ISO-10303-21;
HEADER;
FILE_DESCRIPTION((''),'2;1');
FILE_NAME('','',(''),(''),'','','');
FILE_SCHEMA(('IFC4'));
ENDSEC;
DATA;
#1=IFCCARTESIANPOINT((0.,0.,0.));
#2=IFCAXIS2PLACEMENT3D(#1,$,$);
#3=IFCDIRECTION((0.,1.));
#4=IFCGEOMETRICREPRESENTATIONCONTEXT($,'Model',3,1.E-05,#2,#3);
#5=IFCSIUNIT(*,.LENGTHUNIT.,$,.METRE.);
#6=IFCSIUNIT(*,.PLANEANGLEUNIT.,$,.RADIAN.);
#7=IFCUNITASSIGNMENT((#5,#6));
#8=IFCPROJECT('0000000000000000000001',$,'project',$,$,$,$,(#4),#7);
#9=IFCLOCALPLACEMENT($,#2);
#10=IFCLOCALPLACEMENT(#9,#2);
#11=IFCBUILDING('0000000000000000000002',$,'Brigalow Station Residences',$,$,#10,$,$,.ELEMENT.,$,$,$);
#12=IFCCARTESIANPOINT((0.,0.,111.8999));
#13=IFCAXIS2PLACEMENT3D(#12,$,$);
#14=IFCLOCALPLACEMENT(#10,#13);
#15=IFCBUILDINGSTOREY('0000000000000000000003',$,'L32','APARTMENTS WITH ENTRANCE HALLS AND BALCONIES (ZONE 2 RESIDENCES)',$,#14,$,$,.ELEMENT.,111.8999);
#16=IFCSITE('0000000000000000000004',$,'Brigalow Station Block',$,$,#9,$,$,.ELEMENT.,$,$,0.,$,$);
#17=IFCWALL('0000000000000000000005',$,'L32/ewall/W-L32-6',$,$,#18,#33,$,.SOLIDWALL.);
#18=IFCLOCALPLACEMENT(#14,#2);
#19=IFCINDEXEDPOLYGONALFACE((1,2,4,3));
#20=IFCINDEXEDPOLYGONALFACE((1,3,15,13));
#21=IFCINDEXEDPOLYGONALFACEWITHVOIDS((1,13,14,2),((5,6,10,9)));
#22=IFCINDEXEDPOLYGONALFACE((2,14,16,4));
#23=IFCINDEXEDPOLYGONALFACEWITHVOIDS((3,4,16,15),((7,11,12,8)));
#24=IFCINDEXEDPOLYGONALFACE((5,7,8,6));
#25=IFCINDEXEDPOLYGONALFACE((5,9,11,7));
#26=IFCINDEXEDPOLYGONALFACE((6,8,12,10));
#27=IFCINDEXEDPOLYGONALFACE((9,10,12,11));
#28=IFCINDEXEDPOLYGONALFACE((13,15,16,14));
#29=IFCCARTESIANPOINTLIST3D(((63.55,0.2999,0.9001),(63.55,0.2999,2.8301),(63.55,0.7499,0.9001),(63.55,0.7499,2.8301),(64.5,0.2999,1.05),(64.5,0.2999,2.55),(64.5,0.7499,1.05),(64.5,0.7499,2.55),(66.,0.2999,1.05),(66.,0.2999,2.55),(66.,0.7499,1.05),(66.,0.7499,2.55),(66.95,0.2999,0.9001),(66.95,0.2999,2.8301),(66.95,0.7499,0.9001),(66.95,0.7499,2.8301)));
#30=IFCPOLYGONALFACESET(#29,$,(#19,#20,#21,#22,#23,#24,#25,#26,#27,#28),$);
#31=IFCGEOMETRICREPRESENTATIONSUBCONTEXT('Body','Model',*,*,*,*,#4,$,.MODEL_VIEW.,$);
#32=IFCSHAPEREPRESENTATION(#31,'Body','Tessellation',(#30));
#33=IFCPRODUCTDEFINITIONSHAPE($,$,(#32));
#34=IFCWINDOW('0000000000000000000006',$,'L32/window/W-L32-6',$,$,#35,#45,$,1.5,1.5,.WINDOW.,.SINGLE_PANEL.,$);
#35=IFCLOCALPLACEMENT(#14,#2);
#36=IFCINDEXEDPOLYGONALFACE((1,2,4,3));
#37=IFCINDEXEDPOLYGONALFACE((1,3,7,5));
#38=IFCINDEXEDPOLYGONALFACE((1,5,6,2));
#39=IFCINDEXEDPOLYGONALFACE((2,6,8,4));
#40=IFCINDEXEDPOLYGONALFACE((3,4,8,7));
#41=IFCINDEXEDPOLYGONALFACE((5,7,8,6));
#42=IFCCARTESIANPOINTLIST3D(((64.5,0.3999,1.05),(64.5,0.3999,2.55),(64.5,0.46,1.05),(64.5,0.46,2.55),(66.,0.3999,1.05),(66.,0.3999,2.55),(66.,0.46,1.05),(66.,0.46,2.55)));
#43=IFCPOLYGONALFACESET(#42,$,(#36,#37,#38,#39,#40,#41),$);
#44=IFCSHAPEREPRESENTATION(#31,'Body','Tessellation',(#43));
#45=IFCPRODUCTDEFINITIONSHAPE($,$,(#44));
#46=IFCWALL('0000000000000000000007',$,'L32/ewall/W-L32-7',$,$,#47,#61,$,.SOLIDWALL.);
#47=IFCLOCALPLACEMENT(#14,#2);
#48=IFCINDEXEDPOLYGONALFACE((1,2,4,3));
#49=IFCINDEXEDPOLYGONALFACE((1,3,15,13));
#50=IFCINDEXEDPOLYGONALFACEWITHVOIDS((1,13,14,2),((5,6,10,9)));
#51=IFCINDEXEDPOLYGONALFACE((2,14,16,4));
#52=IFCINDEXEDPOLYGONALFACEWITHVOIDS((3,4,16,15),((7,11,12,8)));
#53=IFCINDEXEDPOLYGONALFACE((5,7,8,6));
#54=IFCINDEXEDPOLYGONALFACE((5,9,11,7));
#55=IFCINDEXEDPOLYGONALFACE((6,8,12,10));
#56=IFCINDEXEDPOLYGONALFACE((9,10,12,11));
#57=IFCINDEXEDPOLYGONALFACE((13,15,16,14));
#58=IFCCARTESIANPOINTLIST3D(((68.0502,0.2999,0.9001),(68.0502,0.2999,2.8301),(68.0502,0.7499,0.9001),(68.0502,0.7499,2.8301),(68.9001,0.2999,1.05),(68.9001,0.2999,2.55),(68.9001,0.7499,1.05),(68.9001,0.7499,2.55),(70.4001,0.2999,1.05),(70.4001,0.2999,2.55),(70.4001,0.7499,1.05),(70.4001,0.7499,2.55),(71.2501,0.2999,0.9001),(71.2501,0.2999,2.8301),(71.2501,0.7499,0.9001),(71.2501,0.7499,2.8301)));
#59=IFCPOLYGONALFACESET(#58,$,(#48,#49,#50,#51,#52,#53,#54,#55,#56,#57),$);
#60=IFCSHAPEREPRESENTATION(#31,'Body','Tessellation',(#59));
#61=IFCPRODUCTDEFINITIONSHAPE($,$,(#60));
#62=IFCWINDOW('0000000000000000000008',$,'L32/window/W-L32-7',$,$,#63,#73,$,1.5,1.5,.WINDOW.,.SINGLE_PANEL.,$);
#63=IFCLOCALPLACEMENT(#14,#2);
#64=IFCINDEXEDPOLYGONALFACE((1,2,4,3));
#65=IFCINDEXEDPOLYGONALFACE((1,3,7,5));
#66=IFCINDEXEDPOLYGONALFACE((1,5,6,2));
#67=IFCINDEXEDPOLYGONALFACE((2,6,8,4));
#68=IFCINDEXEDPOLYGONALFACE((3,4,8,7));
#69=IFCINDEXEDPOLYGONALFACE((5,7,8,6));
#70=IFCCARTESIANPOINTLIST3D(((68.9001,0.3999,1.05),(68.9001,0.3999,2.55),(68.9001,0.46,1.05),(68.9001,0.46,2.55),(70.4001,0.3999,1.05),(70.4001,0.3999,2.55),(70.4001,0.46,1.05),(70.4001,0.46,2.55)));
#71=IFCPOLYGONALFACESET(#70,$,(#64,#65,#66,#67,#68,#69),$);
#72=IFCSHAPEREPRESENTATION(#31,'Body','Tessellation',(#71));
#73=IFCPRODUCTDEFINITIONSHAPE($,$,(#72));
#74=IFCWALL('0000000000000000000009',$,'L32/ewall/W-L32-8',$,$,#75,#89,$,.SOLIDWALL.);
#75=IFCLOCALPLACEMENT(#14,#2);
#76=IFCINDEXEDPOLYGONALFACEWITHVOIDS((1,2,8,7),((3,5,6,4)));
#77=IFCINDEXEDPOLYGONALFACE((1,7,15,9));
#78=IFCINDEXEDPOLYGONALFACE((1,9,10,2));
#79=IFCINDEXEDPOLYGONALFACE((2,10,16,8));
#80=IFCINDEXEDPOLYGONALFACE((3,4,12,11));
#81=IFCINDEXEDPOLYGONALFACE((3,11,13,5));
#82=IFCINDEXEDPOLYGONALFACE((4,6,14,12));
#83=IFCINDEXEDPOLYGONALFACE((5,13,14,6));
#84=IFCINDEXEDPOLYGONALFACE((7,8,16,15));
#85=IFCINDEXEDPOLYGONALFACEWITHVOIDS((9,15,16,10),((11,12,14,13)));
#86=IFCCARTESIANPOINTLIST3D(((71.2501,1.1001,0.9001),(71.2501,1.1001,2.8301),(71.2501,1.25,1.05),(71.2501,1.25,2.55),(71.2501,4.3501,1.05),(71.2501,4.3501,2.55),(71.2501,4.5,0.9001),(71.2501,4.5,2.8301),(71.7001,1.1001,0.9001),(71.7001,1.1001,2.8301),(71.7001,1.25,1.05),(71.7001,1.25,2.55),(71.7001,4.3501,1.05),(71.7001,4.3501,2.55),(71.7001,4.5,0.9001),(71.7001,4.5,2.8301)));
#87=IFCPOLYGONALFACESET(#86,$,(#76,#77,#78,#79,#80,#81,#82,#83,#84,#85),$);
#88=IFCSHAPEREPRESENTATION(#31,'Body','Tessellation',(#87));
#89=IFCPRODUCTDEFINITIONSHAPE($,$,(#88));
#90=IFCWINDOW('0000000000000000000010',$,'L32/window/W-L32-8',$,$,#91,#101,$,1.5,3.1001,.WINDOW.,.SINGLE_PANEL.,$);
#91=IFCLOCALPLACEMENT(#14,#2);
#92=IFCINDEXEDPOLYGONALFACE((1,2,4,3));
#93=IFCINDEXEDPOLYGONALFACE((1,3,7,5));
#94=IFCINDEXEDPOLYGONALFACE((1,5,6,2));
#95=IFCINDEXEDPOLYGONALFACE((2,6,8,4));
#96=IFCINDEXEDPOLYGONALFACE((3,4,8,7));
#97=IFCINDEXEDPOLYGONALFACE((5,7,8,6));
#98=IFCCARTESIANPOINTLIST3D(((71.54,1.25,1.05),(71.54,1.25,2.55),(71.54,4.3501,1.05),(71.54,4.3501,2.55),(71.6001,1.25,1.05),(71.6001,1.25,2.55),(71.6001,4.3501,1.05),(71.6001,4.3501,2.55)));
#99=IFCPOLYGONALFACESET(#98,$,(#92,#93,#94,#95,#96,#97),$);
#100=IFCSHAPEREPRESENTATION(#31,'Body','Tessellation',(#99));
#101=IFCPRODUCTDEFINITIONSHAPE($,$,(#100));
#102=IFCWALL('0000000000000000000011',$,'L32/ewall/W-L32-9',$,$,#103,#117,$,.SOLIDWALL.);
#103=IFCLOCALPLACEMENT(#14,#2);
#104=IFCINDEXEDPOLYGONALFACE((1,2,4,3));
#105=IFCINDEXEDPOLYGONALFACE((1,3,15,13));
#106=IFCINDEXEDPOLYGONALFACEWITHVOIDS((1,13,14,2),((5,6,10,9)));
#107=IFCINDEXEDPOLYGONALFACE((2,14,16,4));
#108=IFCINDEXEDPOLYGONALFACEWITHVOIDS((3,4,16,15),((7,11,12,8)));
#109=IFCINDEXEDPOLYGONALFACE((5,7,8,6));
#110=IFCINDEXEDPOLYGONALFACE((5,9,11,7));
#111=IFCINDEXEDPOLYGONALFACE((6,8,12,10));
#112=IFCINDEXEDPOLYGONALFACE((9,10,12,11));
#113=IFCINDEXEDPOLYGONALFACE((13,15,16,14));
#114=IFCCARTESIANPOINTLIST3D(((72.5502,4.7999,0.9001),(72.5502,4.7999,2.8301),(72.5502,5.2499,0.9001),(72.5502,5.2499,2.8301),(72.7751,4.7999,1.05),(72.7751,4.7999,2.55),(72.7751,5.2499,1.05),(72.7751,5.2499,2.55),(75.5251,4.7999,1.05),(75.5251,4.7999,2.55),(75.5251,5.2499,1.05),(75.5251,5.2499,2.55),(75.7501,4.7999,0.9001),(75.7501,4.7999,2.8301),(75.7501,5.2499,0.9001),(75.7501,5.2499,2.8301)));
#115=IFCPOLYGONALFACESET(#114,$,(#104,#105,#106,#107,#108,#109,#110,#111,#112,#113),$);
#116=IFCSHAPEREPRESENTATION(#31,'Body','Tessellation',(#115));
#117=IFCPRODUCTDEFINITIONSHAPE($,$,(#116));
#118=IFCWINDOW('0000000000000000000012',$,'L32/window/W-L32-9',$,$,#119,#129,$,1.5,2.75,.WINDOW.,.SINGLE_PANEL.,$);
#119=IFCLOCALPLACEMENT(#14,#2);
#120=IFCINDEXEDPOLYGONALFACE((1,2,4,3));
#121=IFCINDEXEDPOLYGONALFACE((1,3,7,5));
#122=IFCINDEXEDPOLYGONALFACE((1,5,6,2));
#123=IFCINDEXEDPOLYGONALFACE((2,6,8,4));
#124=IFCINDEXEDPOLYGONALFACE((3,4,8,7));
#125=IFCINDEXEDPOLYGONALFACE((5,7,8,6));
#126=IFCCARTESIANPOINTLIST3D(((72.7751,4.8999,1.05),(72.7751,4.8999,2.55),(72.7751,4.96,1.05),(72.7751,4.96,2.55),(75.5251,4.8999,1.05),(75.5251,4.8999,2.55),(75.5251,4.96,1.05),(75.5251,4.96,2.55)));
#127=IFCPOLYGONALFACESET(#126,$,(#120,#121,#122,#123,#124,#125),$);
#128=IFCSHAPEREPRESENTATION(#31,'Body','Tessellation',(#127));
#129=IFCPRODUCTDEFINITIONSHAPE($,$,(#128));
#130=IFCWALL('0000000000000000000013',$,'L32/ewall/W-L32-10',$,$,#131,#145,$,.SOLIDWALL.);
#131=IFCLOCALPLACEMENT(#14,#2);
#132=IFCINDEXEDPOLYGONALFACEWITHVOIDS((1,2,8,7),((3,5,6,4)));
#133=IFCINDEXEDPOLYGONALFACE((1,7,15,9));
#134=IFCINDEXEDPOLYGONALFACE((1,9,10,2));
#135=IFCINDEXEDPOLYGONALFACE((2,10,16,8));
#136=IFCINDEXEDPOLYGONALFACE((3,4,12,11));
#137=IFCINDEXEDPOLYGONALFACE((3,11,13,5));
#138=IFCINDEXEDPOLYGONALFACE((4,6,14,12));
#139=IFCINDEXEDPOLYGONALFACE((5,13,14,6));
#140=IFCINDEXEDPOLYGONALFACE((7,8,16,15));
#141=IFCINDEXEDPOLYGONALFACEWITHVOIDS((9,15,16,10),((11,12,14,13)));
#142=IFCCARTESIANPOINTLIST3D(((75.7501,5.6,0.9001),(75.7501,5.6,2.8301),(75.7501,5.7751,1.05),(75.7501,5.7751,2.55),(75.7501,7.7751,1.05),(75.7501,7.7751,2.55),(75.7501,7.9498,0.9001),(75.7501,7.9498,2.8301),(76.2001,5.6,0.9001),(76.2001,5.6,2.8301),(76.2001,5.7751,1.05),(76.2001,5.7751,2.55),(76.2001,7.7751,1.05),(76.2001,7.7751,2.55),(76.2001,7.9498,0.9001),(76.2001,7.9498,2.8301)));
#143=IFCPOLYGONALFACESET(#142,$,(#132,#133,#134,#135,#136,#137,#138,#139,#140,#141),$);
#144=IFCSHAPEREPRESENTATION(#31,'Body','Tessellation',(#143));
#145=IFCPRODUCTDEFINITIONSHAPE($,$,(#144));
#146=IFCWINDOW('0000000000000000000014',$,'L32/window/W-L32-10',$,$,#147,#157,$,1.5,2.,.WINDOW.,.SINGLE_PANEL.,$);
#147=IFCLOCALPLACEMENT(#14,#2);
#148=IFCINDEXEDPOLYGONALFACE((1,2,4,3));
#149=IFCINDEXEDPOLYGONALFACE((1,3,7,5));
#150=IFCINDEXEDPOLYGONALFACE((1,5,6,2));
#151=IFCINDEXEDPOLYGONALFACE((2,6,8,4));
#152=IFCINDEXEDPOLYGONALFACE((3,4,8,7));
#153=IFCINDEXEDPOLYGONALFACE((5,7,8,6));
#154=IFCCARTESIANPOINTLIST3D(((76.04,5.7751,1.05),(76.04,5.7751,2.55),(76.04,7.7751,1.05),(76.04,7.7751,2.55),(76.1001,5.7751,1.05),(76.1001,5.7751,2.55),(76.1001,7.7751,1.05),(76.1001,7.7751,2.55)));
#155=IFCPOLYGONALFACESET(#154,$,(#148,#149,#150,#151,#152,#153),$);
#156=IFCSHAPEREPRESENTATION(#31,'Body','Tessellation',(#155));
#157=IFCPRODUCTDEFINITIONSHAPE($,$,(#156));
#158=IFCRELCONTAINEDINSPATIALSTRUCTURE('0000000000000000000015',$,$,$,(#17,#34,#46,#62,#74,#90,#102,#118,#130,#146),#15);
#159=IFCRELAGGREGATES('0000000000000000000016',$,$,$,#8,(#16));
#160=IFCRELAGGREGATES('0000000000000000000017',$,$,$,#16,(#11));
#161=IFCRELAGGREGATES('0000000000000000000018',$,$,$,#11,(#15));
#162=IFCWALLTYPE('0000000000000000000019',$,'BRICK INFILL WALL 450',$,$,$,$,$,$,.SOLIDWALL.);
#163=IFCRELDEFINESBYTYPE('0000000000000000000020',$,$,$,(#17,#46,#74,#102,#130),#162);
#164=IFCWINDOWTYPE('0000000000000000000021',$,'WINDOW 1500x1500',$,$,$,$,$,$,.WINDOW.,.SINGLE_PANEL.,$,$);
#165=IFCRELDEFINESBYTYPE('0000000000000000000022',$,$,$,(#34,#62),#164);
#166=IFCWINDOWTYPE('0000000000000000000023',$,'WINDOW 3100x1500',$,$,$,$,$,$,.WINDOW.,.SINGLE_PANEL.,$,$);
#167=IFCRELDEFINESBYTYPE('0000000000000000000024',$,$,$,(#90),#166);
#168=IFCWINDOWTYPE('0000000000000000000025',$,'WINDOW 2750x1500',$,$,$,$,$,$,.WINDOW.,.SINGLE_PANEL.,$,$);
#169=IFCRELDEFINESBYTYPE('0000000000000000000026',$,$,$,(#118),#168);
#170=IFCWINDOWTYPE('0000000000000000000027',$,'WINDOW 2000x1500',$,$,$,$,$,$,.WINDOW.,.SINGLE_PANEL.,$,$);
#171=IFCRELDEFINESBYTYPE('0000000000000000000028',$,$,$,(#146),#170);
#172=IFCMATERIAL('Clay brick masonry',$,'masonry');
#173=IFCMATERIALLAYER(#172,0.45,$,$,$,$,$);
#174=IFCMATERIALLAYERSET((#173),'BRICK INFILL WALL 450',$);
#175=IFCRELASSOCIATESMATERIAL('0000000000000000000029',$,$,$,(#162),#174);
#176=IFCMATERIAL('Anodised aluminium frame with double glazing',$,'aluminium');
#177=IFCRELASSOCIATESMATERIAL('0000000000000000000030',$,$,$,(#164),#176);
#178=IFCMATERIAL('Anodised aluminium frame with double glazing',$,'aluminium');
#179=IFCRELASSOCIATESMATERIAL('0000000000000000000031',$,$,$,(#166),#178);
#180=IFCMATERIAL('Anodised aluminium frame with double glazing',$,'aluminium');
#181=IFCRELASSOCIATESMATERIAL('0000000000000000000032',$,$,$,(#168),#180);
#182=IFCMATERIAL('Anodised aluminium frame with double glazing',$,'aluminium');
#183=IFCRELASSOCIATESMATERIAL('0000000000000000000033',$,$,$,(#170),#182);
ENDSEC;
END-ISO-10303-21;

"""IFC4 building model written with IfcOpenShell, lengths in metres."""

from ifc_helpers import new_model, si_unit, direction, frame, frame_2d, origin, place, context, subcontext, project, spatial, rectangle, extrude, material, layer, layer_set, type_object, element, fill, save


model = new_model("IFC4")

# Units and contexts
model_context = context("Model", 3, precision=1e-05, world=origin(), true_north=direction((0.0, 1.0)))
body_context = subcontext(model_context, "Body", "Model", "MODEL_VIEW")
ifc_project = project(units=[si_unit("LENGTHUNIT", "METRE"), si_unit("PLANEANGLEUNIT", "RADIAN")], contexts=[model_context])

# Site, building, storey
site_placement = place(None, origin())
site = spatial("IfcSite", under=ifc_project, at=site_placement, Name="Brigalow Station Block", CompositionType="ELEMENT", RefElevation=0.0)
building_placement = place(site_placement, origin())
building = spatial("IfcBuilding", under=site, at=building_placement, Name="Brigalow Station Residences", CompositionType="ELEMENT")
storey_placement = place(building_placement, frame((0.0, 0.0, 111.8999)))
storey = spatial("IfcBuildingStorey", under=building, at=storey_placement, Name="L32", Description="APARTMENTS WITH ENTRANCE HALLS AND BALCONIES (ZONE 2 RESIDENCES)", CompositionType="ELEMENT", Elevation=111.8999)

# Walls, openings, windows
ifc_material_1 = material(Name="Clay brick masonry", Category="masonry")
ifc_layer_1 = layer(ifc_material_1, 0.45)
ifc_layer_set_1 = layer_set([ifc_layer_1], Name="BRICK INFILL WALL 450")
wall_type_1 = type_object("IfcWallType", Name="BRICK INFILL WALL 450", PredefinedType="SOLIDWALL", material=ifc_layer_set_1)
ifc_material_2 = material(Name="Anodised aluminium frame with double glazing", Category="aluminium")
window_type_1 = type_object("IfcWindowType", Name="WINDOW 1500x1500", PartitioningType="SINGLE_PANEL", PredefinedType="WINDOW", material=ifc_material_2)
wall_1_placement = place(storey_placement, frame((63.55, 0.5249, 0.9001), z_axis=(0.0, 0.0, 1.0), x_axis=(1.0, 0.0, 0.0)))
wall_1 = element("IfcWall", 1, at=wall_1_placement, inside=storey, type_object=wall_type_1, Name="L32/ewall/W-L32-6", PredefinedType="SOLIDWALL", context=body_context, shape_type="SweptSolid", body=[
    extrude(rectangle(XDim=3.3999, YDim=0.45, at=frame_2d((1.7, 0.0))), origin(), (0.0, 0.0, 1.0), 1.9299),
])
opening_1_placement = place(wall_1_placement, frame((0.95, 0.0, 0.1499)))
opening_1 = element("IfcOpeningElement", 2, at=opening_1_placement, cuts=wall_1, PredefinedType="OPENING", context=body_context, shape_type="SweptSolid", body=[
    extrude(rectangle(XDim=1.5, YDim=1.5, at=frame_2d((0.75, 0.75))), frame((0.0, 0.2349, 0.0), z_axis=(0.0, -1.0, 0.0), x_axis=(1.0, 0.0, 0.0)), (0.0, 0.0, 1.0), 0.47),
])
window_1_placement = place(opening_1_placement, origin())
window_1 = element("IfcWindow", 3, at=window_1_placement, inside=storey, type_object=window_type_1, Name="L32/window/W-L32-6", OverallHeight=1.5, OverallWidth=1.5, PartitioningType="SINGLE_PANEL", PredefinedType="WINDOW", context=body_context, shape_type="SweptSolid", body=[
    extrude(rectangle(XDim=1.5, YDim=1.5, at=frame_2d((0.75, 0.75))), frame((0.0, -0.0649, 0.0), z_axis=(0.0, -1.0, 0.0), x_axis=(1.0, 0.0, 0.0)), (0.0, 0.0, 1.0), 0.0601),
])
fill(opening_1, window_1)
wall_2_placement = place(storey_placement, frame((68.05, 0.5249, 0.9001), z_axis=(0.0, 0.0, 1.0), x_axis=(1.0, 0.0, 0.0)))
wall_2 = element("IfcWall", 4, at=wall_2_placement, inside=storey, type_object=wall_type_1, Name="L32/ewall/W-L32-7", PredefinedType="SOLIDWALL", context=body_context, shape_type="SweptSolid", body=[
    extrude(rectangle(XDim=3.2, YDim=0.45, at=frame_2d((1.6001, 0.0))), origin(), (0.0, 0.0, 1.0), 1.9299),
])
opening_2_placement = place(wall_2_placement, frame((0.8501, 0.0, 0.1499)))
opening_2 = element("IfcOpeningElement", 5, at=opening_2_placement, cuts=wall_2, PredefinedType="OPENING", context=body_context, shape_type="SweptSolid", body=[
    extrude(rectangle(XDim=1.5, YDim=1.5, at=frame_2d((0.75, 0.75))), frame((0.0, 0.2349, 0.0), z_axis=(0.0, -1.0, 0.0), x_axis=(1.0, 0.0, 0.0)), (0.0, 0.0, 1.0), 0.47),
])
window_2_placement = place(opening_2_placement, origin())
window_2 = element("IfcWindow", 6, at=window_2_placement, inside=storey, type_object=window_type_1, Name="L32/window/W-L32-7", OverallHeight=1.5, OverallWidth=1.5, PartitioningType="SINGLE_PANEL", PredefinedType="WINDOW", context=body_context, shape_type="SweptSolid", body=[
    extrude(rectangle(XDim=1.5, YDim=1.5, at=frame_2d((0.75, 0.75))), frame((0.0, -0.0649, 0.0), z_axis=(0.0, -1.0, 0.0), x_axis=(1.0, 0.0, 0.0)), (0.0, 0.0, 1.0), 0.0601),
])
fill(opening_2, window_2)
wall_3_placement = place(storey_placement, frame((71.4751, 1.1001, 0.9001), z_axis=(0.0, 0.0, 1.0), x_axis=(0.0, 1.0, 0.0)))
wall_3 = element("IfcWall", 7, at=wall_3_placement, inside=storey, type_object=wall_type_1, Name="L32/ewall/W-L32-8", PredefinedType="SOLIDWALL", context=body_context, shape_type="SweptSolid", body=[
    extrude(rectangle(XDim=3.3999, YDim=0.45, at=frame_2d((1.7, 0.0))), origin(), (0.0, 0.0, 1.0), 1.9299),
])
opening_3_placement = place(wall_3_placement, frame((0.1499, 0.0, 0.1499)))
opening_3 = element("IfcOpeningElement", 8, at=opening_3_placement, cuts=wall_3, PredefinedType="OPENING", context=body_context, shape_type="SweptSolid", body=[
    extrude(rectangle(XDim=3.1001, YDim=1.5, at=frame_2d((1.55, 0.75))), frame((0.0, 0.2349, 0.0), z_axis=(0.0, -1.0, 0.0), x_axis=(1.0, 0.0, 0.0)), (0.0, 0.0, 1.0), 0.47),
])
ifc_material_3 = material(Name="Anodised aluminium frame with double glazing", Category="aluminium")
window_type_2 = type_object("IfcWindowType", Name="WINDOW 3100x1500", PartitioningType="SINGLE_PANEL", PredefinedType="WINDOW", material=ifc_material_3)
window_3_placement = place(opening_3_placement, origin())
window_3 = element("IfcWindow", 9, at=window_3_placement, inside=storey, type_object=window_type_2, Name="L32/window/W-L32-8", OverallHeight=1.5, OverallWidth=3.1001, PartitioningType="SINGLE_PANEL", PredefinedType="WINDOW", context=body_context, shape_type="SweptSolid", body=[
    extrude(rectangle(XDim=3.1001, YDim=1.5, at=frame_2d((1.55, 0.75))), frame((0.0, -0.0649, 0.0), z_axis=(0.0, -1.0, 0.0), x_axis=(1.0, 0.0, 0.0)), (0.0, 0.0, 1.0), 0.0601),
])
fill(opening_3, window_3)
wall_4_placement = place(storey_placement, frame((72.55, 5.0249, 0.9001), z_axis=(0.0, 0.0, 1.0), x_axis=(1.0, 0.0, 0.0)))
wall_4 = element("IfcWall", 10, at=wall_4_placement, inside=storey, type_object=wall_type_1, Name="L32/ewall/W-L32-9", PredefinedType="SOLIDWALL", context=body_context, shape_type="SweptSolid", body=[
    extrude(rectangle(XDim=3.2, YDim=0.45, at=frame_2d((1.6001, 0.0))), origin(), (0.0, 0.0, 1.0), 1.9299),
])
opening_4_placement = place(wall_4_placement, frame((0.2251, 0.0, 0.1499)))
opening_4 = element("IfcOpeningElement", 11, at=opening_4_placement, cuts=wall_4, PredefinedType="OPENING", context=body_context, shape_type="SweptSolid", body=[
    extrude(rectangle(XDim=2.75, YDim=1.5, at=frame_2d((1.375, 0.75))), frame((0.0, 0.2349, 0.0), z_axis=(0.0, -1.0, 0.0), x_axis=(1.0, 0.0, 0.0)), (0.0, 0.0, 1.0), 0.47),
])
ifc_material_4 = material(Name="Anodised aluminium frame with double glazing", Category="aluminium")
window_type_3 = type_object("IfcWindowType", Name="WINDOW 2750x1500", PartitioningType="SINGLE_PANEL", PredefinedType="WINDOW", material=ifc_material_4)
window_4_placement = place(opening_4_placement, origin())
window_4 = element("IfcWindow", 12, at=window_4_placement, inside=storey, type_object=window_type_3, Name="L32/window/W-L32-9", OverallHeight=1.5, OverallWidth=2.75, PartitioningType="SINGLE_PANEL", PredefinedType="WINDOW", context=body_context, shape_type="SweptSolid", body=[
    extrude(rectangle(XDim=2.75, YDim=1.5, at=frame_2d((1.375, 0.75))), frame((0.0, -0.0649, 0.0), z_axis=(0.0, -1.0, 0.0), x_axis=(1.0, 0.0, 0.0)), (0.0, 0.0, 1.0), 0.0601),
])
fill(opening_4, window_4)
wall_5_placement = place(storey_placement, frame((75.9751, 5.6001, 0.9001), z_axis=(0.0, 0.0, 1.0), x_axis=(0.0, 1.0, 0.0)))
wall_5 = element("IfcWall", 13, at=wall_5_placement, inside=storey, type_object=wall_type_1, Name="L32/ewall/W-L32-10", PredefinedType="SOLIDWALL", context=body_context, shape_type="SweptSolid", body=[
    extrude(rectangle(XDim=2.3499, YDim=0.45, at=frame_2d((1.1748, 0.0))), origin(), (0.0, 0.0, 1.0), 1.9299),
])
opening_5_placement = place(wall_5_placement, frame((0.175, 0.0, 0.1499)))
opening_5 = element("IfcOpeningElement", 14, at=opening_5_placement, cuts=wall_5, PredefinedType="OPENING", context=body_context, shape_type="SweptSolid", body=[
    extrude(rectangle(XDim=2.0, YDim=1.5, at=frame_2d((1.0, 0.75))), frame((0.0, 0.2349, 0.0), z_axis=(0.0, -1.0, 0.0), x_axis=(1.0, 0.0, 0.0)), (0.0, 0.0, 1.0), 0.47),
])
ifc_material_5 = material(Name="Anodised aluminium frame with double glazing", Category="aluminium")
window_type_4 = type_object("IfcWindowType", Name="WINDOW 2000x1500", PartitioningType="SINGLE_PANEL", PredefinedType="WINDOW", material=ifc_material_5)
window_5_placement = place(opening_5_placement, origin())
window_5 = element("IfcWindow", 15, at=window_5_placement, inside=storey, type_object=window_type_4, Name="L32/window/W-L32-10", OverallHeight=1.5, OverallWidth=2.0, PartitioningType="SINGLE_PANEL", PredefinedType="WINDOW", context=body_context, shape_type="SweptSolid", body=[
    extrude(rectangle(XDim=2.0, YDim=1.5, at=frame_2d((1.0, 0.75))), frame((0.0, -0.0649, 0.0), z_axis=(0.0, -1.0, 0.0), x_axis=(1.0, 0.0, 0.0)), (0.0, 0.0, 1.0), 0.0601),
])
fill(opening_5, window_5)

save(model, "model.ifc")
